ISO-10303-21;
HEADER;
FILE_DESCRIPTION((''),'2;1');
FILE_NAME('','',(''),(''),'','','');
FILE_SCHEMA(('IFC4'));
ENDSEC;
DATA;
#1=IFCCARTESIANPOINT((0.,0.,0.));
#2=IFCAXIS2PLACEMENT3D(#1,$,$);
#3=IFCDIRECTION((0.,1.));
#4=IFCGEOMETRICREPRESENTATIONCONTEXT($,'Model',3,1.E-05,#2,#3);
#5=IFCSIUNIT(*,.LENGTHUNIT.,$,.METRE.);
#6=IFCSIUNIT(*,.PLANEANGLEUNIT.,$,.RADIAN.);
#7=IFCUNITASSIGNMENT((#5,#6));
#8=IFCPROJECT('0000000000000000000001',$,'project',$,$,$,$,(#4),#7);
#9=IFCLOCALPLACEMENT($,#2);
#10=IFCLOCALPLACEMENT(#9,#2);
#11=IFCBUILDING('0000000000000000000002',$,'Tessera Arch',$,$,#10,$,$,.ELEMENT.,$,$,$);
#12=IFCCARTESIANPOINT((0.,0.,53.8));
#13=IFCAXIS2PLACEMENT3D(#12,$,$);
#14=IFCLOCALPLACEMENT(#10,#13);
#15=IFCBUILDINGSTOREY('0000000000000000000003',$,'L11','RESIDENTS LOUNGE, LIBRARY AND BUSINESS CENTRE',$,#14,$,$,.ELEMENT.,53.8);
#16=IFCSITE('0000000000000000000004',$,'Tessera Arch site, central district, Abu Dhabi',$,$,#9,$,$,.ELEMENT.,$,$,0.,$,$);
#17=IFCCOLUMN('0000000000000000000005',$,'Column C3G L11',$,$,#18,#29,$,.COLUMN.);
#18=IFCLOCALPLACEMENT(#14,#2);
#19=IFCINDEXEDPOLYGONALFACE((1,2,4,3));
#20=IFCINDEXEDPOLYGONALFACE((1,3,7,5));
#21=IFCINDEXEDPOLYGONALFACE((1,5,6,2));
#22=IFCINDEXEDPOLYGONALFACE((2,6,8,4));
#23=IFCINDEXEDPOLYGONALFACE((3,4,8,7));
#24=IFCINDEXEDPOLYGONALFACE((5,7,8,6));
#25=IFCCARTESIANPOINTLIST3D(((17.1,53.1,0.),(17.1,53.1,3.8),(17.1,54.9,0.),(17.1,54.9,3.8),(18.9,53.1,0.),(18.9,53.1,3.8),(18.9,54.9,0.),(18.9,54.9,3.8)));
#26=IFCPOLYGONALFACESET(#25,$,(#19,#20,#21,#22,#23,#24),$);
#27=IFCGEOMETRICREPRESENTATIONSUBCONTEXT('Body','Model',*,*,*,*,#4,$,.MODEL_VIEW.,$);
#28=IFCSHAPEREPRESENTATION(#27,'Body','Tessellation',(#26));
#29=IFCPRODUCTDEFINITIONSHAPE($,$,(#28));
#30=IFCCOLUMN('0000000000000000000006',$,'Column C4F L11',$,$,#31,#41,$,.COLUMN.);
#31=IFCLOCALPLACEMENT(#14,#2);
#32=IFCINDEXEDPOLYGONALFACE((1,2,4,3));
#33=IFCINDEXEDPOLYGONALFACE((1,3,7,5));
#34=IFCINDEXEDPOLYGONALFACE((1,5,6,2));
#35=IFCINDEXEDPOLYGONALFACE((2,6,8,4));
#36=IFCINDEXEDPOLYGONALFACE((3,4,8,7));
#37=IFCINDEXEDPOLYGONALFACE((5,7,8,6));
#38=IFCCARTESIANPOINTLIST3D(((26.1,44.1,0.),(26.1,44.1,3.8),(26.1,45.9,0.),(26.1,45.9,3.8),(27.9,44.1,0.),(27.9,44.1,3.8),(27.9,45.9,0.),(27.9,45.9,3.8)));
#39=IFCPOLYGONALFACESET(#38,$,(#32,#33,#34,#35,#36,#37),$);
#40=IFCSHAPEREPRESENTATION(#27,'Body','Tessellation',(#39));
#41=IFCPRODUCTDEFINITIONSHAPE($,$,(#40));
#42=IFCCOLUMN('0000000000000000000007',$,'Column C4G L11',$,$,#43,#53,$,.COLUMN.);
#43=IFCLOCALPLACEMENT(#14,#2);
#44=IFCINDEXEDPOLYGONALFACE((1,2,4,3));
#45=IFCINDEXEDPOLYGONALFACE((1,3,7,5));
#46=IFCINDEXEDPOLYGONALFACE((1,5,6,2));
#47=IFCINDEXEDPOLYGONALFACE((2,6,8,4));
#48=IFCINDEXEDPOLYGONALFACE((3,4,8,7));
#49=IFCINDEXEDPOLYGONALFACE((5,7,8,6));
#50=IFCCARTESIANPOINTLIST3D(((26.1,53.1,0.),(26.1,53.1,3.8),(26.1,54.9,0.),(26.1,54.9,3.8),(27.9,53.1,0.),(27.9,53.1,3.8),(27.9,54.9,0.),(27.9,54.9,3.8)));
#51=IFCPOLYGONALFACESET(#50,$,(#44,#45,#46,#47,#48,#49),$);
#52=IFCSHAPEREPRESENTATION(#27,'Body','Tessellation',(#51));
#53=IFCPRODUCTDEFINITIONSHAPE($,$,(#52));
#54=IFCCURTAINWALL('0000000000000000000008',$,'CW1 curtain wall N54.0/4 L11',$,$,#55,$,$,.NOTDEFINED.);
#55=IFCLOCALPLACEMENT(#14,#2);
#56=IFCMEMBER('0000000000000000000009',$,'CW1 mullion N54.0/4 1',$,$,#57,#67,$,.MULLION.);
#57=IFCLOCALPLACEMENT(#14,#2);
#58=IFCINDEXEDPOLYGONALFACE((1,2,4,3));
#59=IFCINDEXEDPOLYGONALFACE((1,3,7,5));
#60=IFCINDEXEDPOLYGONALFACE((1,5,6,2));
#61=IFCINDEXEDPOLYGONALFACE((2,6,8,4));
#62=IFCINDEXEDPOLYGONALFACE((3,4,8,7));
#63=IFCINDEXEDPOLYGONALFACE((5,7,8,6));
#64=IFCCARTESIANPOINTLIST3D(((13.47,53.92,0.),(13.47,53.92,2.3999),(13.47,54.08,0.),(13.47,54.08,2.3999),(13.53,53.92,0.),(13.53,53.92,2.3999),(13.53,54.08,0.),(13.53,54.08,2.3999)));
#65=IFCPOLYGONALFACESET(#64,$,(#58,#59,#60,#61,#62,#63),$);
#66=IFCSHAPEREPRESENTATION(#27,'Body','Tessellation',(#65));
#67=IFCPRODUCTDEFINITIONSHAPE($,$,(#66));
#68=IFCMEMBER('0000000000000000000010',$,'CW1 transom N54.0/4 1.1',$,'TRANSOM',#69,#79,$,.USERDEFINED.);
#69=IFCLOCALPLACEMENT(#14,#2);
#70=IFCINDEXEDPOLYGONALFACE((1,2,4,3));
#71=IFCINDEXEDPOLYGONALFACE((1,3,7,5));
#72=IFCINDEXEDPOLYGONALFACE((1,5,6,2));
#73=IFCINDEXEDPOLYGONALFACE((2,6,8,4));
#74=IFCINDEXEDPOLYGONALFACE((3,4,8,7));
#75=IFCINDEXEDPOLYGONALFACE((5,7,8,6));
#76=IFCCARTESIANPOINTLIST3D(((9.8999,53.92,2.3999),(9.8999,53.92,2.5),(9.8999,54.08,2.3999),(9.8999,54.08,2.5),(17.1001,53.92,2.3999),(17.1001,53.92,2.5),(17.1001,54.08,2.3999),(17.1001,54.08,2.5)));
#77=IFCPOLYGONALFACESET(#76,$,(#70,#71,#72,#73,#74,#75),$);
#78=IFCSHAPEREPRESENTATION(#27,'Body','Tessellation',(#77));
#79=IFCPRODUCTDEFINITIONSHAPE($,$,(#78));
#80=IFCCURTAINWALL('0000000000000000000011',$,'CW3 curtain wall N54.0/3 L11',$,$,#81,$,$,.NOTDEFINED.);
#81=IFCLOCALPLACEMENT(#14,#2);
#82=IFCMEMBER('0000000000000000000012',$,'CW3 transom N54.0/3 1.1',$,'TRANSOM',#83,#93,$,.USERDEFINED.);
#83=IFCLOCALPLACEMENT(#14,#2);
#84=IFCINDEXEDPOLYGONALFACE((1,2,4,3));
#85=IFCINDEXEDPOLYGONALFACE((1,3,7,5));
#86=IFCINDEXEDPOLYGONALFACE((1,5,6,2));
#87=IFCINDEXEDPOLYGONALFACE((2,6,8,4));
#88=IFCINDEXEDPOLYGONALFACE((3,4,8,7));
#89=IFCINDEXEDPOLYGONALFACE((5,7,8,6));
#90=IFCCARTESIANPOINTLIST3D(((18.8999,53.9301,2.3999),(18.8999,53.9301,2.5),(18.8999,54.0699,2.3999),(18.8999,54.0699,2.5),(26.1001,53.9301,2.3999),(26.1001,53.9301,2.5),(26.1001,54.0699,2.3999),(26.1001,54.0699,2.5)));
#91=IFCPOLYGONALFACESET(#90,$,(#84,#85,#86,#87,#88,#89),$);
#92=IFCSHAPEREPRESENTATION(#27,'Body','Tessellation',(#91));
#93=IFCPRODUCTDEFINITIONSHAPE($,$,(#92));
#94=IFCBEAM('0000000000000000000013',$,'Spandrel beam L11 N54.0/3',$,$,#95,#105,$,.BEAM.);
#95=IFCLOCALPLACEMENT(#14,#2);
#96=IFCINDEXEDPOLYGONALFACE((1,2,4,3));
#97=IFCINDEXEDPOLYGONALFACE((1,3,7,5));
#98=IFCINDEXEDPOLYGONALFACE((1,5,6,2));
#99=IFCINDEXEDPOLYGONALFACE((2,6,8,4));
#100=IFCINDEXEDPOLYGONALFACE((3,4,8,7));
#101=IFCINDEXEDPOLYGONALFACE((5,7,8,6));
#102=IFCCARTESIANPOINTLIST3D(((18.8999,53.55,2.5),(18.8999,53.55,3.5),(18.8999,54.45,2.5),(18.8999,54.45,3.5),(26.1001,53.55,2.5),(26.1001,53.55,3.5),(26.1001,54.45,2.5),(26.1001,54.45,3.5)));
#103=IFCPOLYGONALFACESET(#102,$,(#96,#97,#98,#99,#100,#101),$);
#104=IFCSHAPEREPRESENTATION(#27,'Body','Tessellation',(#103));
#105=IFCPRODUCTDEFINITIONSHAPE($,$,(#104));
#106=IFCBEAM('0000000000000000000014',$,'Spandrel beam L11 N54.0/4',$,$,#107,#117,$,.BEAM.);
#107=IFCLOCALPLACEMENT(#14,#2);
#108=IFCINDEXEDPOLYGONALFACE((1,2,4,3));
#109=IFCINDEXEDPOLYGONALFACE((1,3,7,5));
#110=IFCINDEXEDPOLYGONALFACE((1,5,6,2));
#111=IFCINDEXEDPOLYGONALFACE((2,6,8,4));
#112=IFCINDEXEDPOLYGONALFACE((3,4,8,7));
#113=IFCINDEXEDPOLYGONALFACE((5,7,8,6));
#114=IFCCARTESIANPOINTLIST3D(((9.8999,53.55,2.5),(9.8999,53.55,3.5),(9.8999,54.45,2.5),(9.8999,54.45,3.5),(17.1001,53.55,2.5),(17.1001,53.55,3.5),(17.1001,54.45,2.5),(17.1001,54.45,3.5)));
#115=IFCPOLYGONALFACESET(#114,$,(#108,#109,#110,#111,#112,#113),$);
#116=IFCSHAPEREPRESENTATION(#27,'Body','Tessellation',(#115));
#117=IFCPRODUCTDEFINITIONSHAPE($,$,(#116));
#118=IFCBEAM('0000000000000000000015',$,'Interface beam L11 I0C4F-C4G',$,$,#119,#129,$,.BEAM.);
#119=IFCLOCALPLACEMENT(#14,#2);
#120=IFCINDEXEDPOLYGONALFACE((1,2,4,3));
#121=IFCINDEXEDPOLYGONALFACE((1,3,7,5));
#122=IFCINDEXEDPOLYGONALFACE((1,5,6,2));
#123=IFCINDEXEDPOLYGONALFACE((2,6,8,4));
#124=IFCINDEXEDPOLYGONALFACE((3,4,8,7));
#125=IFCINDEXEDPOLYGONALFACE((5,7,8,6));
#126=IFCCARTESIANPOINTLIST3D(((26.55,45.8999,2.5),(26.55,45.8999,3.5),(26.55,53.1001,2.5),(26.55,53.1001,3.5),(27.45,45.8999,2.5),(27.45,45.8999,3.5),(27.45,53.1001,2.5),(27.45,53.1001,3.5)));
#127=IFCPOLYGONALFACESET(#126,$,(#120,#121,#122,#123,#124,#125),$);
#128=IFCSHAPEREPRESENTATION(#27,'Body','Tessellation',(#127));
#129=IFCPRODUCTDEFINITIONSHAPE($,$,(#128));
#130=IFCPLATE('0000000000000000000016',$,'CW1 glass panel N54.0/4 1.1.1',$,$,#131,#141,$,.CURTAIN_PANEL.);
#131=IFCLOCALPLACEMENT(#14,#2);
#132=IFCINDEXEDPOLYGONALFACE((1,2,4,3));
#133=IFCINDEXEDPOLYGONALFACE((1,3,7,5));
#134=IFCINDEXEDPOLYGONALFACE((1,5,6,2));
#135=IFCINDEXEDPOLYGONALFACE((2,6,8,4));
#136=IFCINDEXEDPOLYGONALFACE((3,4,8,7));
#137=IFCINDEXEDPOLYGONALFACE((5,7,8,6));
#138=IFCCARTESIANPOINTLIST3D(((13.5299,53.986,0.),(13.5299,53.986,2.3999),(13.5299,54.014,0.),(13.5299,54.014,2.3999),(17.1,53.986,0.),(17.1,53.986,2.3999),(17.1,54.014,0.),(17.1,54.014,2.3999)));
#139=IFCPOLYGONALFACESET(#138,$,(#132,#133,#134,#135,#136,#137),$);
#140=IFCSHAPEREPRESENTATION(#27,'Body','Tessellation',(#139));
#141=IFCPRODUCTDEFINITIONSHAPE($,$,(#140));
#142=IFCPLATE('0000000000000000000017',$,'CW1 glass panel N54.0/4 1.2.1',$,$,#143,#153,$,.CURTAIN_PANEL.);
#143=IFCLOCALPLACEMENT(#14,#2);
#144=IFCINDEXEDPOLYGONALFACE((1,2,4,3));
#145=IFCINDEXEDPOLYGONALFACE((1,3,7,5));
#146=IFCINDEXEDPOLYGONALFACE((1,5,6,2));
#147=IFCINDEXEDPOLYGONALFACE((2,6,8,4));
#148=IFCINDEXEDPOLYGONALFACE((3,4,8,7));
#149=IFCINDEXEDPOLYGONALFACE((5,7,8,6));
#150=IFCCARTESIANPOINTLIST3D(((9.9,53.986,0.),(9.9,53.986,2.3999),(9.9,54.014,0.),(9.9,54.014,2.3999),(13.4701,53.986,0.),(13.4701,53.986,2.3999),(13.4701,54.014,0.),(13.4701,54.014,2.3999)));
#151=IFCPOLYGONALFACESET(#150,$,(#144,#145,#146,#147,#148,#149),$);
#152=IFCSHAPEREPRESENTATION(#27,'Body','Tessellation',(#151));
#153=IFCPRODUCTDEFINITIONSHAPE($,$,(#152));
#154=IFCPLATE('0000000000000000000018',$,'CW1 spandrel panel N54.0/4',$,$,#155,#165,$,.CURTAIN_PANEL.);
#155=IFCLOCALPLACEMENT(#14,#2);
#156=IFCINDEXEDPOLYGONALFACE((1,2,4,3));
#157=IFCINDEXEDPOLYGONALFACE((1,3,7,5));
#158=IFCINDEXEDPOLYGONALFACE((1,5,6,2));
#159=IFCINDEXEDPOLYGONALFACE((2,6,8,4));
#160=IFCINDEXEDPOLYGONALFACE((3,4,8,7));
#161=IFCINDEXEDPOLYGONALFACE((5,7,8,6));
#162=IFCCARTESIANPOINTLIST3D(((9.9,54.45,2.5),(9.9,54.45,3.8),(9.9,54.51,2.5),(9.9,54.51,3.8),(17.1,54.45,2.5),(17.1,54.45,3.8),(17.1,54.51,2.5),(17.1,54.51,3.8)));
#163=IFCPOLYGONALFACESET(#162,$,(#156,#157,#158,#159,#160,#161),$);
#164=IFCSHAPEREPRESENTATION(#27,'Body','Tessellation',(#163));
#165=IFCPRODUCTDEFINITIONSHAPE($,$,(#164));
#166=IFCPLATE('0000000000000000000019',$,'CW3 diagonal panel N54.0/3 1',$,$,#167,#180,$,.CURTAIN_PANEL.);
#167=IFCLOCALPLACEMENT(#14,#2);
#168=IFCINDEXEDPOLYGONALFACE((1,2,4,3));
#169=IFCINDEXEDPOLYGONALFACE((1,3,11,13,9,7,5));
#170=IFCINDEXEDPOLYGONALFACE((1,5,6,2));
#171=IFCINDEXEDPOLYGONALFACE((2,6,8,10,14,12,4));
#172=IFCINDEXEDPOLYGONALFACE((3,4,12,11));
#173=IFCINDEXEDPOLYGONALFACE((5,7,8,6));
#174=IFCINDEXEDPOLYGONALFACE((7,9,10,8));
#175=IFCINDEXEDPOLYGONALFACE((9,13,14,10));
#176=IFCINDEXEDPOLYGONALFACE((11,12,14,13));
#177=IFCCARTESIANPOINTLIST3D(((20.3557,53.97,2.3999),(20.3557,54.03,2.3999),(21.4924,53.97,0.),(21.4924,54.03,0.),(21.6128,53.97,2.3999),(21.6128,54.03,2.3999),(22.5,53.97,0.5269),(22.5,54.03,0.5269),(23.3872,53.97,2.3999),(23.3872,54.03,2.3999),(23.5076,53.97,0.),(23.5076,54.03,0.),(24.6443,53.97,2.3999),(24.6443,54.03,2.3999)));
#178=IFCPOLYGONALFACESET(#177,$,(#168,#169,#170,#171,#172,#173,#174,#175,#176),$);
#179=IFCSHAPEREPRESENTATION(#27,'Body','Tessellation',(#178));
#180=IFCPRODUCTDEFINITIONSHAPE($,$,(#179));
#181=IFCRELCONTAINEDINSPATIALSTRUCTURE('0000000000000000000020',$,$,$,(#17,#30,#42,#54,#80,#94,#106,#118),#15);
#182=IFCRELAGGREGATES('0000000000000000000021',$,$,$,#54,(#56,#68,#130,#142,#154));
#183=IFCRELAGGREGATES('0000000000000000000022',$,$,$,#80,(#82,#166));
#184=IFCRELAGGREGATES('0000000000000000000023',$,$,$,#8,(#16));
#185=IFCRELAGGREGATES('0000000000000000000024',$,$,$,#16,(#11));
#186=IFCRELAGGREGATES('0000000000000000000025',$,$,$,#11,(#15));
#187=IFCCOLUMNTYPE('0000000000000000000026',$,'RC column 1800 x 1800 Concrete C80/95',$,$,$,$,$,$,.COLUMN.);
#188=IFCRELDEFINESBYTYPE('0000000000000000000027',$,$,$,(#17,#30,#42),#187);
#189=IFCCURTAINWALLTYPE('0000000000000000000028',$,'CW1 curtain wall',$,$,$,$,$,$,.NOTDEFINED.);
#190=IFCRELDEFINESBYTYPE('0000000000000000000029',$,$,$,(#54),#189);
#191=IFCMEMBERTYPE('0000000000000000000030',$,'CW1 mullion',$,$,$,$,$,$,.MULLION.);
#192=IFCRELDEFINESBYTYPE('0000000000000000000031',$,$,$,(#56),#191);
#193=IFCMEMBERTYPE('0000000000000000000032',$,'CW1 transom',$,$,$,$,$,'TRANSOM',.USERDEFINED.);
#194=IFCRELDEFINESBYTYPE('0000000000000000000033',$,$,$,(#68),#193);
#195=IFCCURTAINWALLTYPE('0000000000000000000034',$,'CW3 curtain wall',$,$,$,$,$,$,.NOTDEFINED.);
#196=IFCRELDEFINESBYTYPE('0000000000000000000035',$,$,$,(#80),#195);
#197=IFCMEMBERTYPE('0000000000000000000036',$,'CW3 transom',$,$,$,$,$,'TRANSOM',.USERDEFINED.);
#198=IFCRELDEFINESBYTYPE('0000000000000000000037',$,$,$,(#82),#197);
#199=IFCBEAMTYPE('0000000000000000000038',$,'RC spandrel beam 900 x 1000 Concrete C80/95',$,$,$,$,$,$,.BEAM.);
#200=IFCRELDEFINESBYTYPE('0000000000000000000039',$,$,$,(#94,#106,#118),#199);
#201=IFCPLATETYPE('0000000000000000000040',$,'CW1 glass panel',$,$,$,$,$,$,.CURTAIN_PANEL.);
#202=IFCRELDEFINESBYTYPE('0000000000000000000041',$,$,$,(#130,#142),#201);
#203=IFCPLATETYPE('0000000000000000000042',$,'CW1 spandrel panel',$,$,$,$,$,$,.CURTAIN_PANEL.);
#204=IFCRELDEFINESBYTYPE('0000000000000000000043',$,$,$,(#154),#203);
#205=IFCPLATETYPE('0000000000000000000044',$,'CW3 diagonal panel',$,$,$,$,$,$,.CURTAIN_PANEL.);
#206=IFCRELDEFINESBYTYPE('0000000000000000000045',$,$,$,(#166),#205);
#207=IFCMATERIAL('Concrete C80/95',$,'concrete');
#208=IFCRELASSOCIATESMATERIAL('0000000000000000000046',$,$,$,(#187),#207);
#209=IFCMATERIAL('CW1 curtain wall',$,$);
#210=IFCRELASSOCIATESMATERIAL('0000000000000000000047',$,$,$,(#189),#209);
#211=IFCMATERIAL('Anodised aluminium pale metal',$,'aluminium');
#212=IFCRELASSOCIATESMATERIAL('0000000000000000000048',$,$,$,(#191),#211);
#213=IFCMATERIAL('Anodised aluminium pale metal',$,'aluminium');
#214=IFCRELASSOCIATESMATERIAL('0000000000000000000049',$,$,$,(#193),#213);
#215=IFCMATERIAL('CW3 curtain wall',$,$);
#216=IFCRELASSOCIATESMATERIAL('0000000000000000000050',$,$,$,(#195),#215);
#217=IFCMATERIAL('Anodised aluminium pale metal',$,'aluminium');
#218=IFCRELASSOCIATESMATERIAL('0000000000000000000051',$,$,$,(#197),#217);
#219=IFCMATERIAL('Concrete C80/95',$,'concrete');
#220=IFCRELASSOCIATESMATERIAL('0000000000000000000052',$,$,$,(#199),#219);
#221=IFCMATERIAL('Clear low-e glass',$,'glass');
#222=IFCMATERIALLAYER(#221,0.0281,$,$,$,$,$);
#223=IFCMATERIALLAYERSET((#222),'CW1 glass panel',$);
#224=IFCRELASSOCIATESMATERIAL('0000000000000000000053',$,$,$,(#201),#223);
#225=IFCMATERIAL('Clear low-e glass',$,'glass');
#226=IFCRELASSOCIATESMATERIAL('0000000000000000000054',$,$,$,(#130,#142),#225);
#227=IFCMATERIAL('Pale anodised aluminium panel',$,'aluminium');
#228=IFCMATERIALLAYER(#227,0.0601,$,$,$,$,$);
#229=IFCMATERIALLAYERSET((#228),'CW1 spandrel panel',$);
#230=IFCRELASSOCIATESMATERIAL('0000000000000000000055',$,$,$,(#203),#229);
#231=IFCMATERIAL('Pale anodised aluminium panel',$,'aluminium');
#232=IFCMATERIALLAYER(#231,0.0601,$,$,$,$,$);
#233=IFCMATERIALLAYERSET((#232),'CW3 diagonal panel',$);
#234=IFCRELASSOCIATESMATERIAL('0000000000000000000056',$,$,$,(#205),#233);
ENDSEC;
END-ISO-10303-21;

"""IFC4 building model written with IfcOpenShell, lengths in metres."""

from ifc_helpers import new_model, si_unit, direction, frame, origin, origin_2d, place, context, subcontext, project, spatial, polyline, rectangle, outline, extrude, material, layer, layer_set, material_profile, profile_set, type_object, element, aggregate, save


model = new_model("IFC4")

# Units and contexts
model_context = context("Model", 3, precision=1e-05, world=origin(), true_north=direction((0.0, 1.0)))
body_context = subcontext(model_context, "Body", "Model", "MODEL_VIEW")
ifc_project = project(units=[si_unit("LENGTHUNIT", "METRE"), si_unit("PLANEANGLEUNIT", "RADIAN")], contexts=[model_context])

# Site, building, storey
site_placement = place(None, origin())
site = spatial("IfcSite", under=ifc_project, at=site_placement, Name="Tessera Arch site, central district, Abu Dhabi", CompositionType="ELEMENT", RefElevation=0.0)
building_placement = place(site_placement, origin())
building = spatial("IfcBuilding", under=site, at=building_placement, Name="Tessera Arch", CompositionType="ELEMENT")
storey_placement = place(building_placement, frame((0.0, 0.0, 53.8)))
storey = spatial("IfcBuildingStorey", under=building, at=storey_placement, Name="L11", Description="RESIDENTS LOUNGE, LIBRARY AND BUSINESS CENTRE", CompositionType="ELEMENT", Elevation=53.8)

# Columns
ifc_material_1 = material(Name="Concrete C80/95", Category="concrete")
ifc_material_profile_1 = material_profile(ifc_material_1, rectangle(XDim=1.8, YDim=1.8, at=origin_2d()), Name="RC column 1800 x 1800 Concrete C80/95")
ifc_profile_set_1 = profile_set([ifc_material_profile_1], Name="Concrete C80/95")
column_type = type_object("IfcColumnType", Name="RC column 1800 x 1800 Concrete C80/95", PredefinedType="COLUMN", material=ifc_profile_set_1)
for number, where, z_axis, x_axis, name in (
    (1, (18.0, 54.0, 0.0), (0.0, 0.0, 1.0), (1.0, 0.0, 0.0), "Column C3G L11"),
    (2, (27.0, 45.0, 0.0), (0.0, 0.0, 1.0), (1.0, 0.0, 0.0), "Column C4F L11"),
    (3, (27.0, 54.0, 0.0), (0.0, 0.0, 1.0), (1.0, 0.0, 0.0), "Column C4G L11"),
):
    element("IfcColumn", number, at=place(storey_placement, frame(where, z_axis=z_axis, x_axis=x_axis)), inside=storey, type_object=column_type, Name=name, PredefinedType="COLUMN", context=body_context, shape_type="SweptSolid", body=[
        extrude(rectangle(XDim=1.8, YDim=1.8, at=origin_2d()), origin(), (0.0, 0.0, 1.0), 3.8),
    ])

# Curtain wall, members
ifc_material_2 = material(Name="CW1 curtain wall")
curtain_wall_type_1 = type_object("IfcCurtainWallType", Name="CW1 curtain wall", PredefinedType="NOTDEFINED", material=ifc_material_2)
curtain_wall_1_placement = place(storey_placement, origin())
curtain_wall_1 = element("IfcCurtainWall", 4, at=curtain_wall_1_placement, inside=storey, type_object=curtain_wall_type_1, Name="CW1 curtain wall N54.0/4 L11", PredefinedType="NOTDEFINED")
ifc_material_3 = material(Name="Anodised aluminium pale metal", Category="aluminium")
ifc_material_profile_2 = material_profile(ifc_material_3, rectangle(XDim=0.1599, YDim=0.0601, at=origin_2d()), Name="AL 60x160")
ifc_profile_set_2 = profile_set([ifc_material_profile_2], Name="Anodised aluminium pale metal")
member_type_1 = type_object("IfcMemberType", Name="CW1 mullion", PredefinedType="MULLION", material=ifc_profile_set_2)
member_1_placement = place(storey_placement, frame((13.5, 54.0, 0.0), z_axis=(0.0, 0.0, 1.0), x_axis=(0.0, -1.0, 0.0)))
member_1 = element("IfcMember", 5, at=member_1_placement, type_object=member_type_1, Name="CW1 mullion N54.0/4 1", PredefinedType="MULLION", context=body_context, shape_type="SweptSolid", body=[
    extrude(rectangle(XDim=0.1599, YDim=0.0601, at=origin_2d()), origin(), (0.0, 0.0, 1.0), 2.3999),
])
ifc_material_4 = material(Name="Anodised aluminium pale metal", Category="aluminium")
ifc_material_profile_3 = material_profile(ifc_material_4, rectangle(XDim=0.1599, YDim=0.1001, at=origin_2d()), Name="AL 160x100")
ifc_profile_set_3 = profile_set([ifc_material_profile_3], Name="Anodised aluminium pale metal")
member_type_2 = type_object("IfcMemberType", Name="CW1 transom", ElementType="TRANSOM", PredefinedType="USERDEFINED", material=ifc_profile_set_3)
member_2_placement = place(storey_placement, frame((17.1001, 54.0, 2.45), z_axis=(-1.0, 0.0, 0.0), x_axis=(0.0, -1.0, 0.0)))
member_2 = element("IfcMember", 6, at=member_2_placement, type_object=member_type_2, Name="CW1 transom N54.0/4 1.1", ObjectType="TRANSOM", PredefinedType="USERDEFINED", context=body_context, shape_type="SweptSolid", body=[
    extrude(rectangle(XDim=0.1599, YDim=0.1001, at=origin_2d()), origin(), (0.0, 0.0, 1.0), 7.2002),
])

# Curtain wall, member
ifc_material_5 = material(Name="CW3 curtain wall")
curtain_wall_type_2 = type_object("IfcCurtainWallType", Name="CW3 curtain wall", PredefinedType="NOTDEFINED", material=ifc_material_5)
curtain_wall_2_placement = place(storey_placement, origin())
curtain_wall_2 = element("IfcCurtainWall", 7, at=curtain_wall_2_placement, inside=storey, type_object=curtain_wall_type_2, Name="CW3 curtain wall N54.0/3 L11", PredefinedType="NOTDEFINED")
ifc_material_6 = material(Name="Anodised aluminium pale metal", Category="aluminium")
ifc_material_profile_4 = material_profile(ifc_material_6, rectangle(XDim=0.1399, YDim=0.1001, at=origin_2d()), Name="AL 140x100")
ifc_profile_set_4 = profile_set([ifc_material_profile_4], Name="Anodised aluminium pale metal")
member_type_3 = type_object("IfcMemberType", Name="CW3 transom", ElementType="TRANSOM", PredefinedType="USERDEFINED", material=ifc_profile_set_4)
member_3_placement = place(storey_placement, frame((26.1001, 54.0, 2.45), z_axis=(-1.0, 0.0, 0.0), x_axis=(0.0, -1.0, 0.0)))
member_3 = element("IfcMember", 8, at=member_3_placement, type_object=member_type_3, Name="CW3 transom N54.0/3 1.1", ObjectType="TRANSOM", PredefinedType="USERDEFINED", context=body_context, shape_type="SweptSolid", body=[
    extrude(rectangle(XDim=0.1399, YDim=0.1001, at=origin_2d()), origin(), (0.0, 0.0, 1.0), 7.2002),
])

# Beams
ifc_material_7 = material(Name="Concrete C80/95", Category="concrete")
ifc_material_profile_5 = material_profile(ifc_material_7, rectangle(XDim=0.8999, YDim=1.0, at=origin_2d()), Name="RC spandrel beam 900 x 1000 Concrete C80/95")
ifc_profile_set_5 = profile_set([ifc_material_profile_5], Name="Concrete C80/95")
beam_type = type_object("IfcBeamType", Name="RC spandrel beam 900 x 1000 Concrete C80/95", PredefinedType="BEAM", material=ifc_profile_set_5)
for number, where, z_axis, x_axis, name in (
    (9, (26.1001, 54.0, 3.0), (-1.0, 0.0, 0.0), (0.0, -1.0, 0.0), "Spandrel beam L11 N54.0/3"),
    (10, (17.1001, 54.0, 3.0), (-1.0, 0.0, 0.0), (0.0, -1.0, 0.0), "Spandrel beam L11 N54.0/4"),
    (11, (27.0, 45.8999, 3.0), (0.0, 1.0, 0.0), (-1.0, 0.0, 0.0), "Interface beam L11 I0C4F-C4G"),
):
    element("IfcBeam", number, at=place(storey_placement, frame(where, z_axis=z_axis, x_axis=x_axis)), inside=storey, type_object=beam_type, Name=name, PredefinedType="BEAM", context=body_context, shape_type="SweptSolid", body=[
        extrude(rectangle(XDim=0.8999, YDim=1.0, at=origin_2d()), origin(), (0.0, 0.0, 1.0), 7.2002),
    ])

# Plates
ifc_material_8 = material(Name="Clear low-e glass", Category="glass")
ifc_material_9 = material(Name="Clear low-e glass", Category="glass")
ifc_layer_1 = layer(ifc_material_9, 0.0281)
ifc_layer_set_1 = layer_set([ifc_layer_1], Name="CW1 glass panel")
plate_type_1 = type_object("IfcPlateType", Name="CW1 glass panel", PredefinedType="CURTAIN_PANEL", material=ifc_layer_set_1)
plate_1_placement = place(storey_placement, frame((15.3149, 54.0, 0.0), z_axis=(0.0, 0.0, 1.0), x_axis=(-1.0, 0.0, 0.0)))
plate_1 = element("IfcPlate", 12, at=plate_1_placement, type_object=plate_type_1, material=ifc_material_8, Name="CW1 glass panel N54.0/4 1.1.1", PredefinedType="CURTAIN_PANEL", context=body_context, shape_type="SweptSolid", body=[
    extrude(rectangle(XDim=3.5701, YDim=0.0281, at=origin_2d()), origin(), (0.0, 0.0, 1.0), 2.3999),
])
plate_2_placement = place(storey_placement, frame((11.6851, 54.0, 0.0), z_axis=(0.0, 0.0, 1.0), x_axis=(-1.0, 0.0, 0.0)))
plate_2 = element("IfcPlate", 13, at=plate_2_placement, type_object=plate_type_1, material=ifc_material_8, Name="CW1 glass panel N54.0/4 1.2.1", PredefinedType="CURTAIN_PANEL", context=body_context, shape_type="SweptSolid", body=[
    extrude(rectangle(XDim=3.5701, YDim=0.0281, at=origin_2d()), origin(), (0.0, 0.0, 1.0), 2.3999),
])
ifc_material_10 = material(Name="Pale anodised aluminium panel", Category="aluminium")
ifc_layer_2 = layer(ifc_material_10, 0.0601)
ifc_layer_set_2 = layer_set([ifc_layer_2], Name="CW1 spandrel panel")
plate_type_2 = type_object("IfcPlateType", Name="CW1 spandrel panel", PredefinedType="CURTAIN_PANEL", material=ifc_layer_set_2)
plate_3_placement = place(storey_placement, frame((13.5, 54.48, 2.5), z_axis=(0.0, 0.0, 1.0), x_axis=(-1.0, 0.0, 0.0)))
plate_3 = element("IfcPlate", 14, at=plate_3_placement, type_object=plate_type_2, Name="CW1 spandrel panel N54.0/4", PredefinedType="CURTAIN_PANEL", context=body_context, shape_type="SweptSolid", body=[
    extrude(rectangle(XDim=7.2, YDim=0.0601, at=origin_2d()), origin(), (0.0, 0.0, 1.0), 1.3),
])
aggregate(curtain_wall_1, [member_1, member_2, plate_1, plate_2, plate_3])
ifc_material_11 = material(Name="Pale anodised aluminium panel", Category="aluminium")
ifc_layer_3 = layer(ifc_material_11, 0.0601)
ifc_layer_set_3 = layer_set([ifc_layer_3], Name="CW3 diagonal panel")
plate_type_3 = type_object("IfcPlateType", Name="CW3 diagonal panel", PredefinedType="CURTAIN_PANEL", material=ifc_layer_set_3)
plate_4_placement = place(storey_placement, frame((20.3557, 54.03, 2.3999), z_axis=(0.0, 1.0, 0.0), x_axis=(1.0, 0.0, 0.0)))
plate_4 = element("IfcPlate", 15, at=plate_4_placement, type_object=plate_type_3, Name="CW3 diagonal panel N54.0/3 1", PredefinedType="CURTAIN_PANEL", context=body_context, shape_type="SweptSolid", body=[
    extrude(outline(polyline([(0.0, 0.0), (1.2571, 0.0), (2.1443, 1.873), (3.0315, 0.0), (4.2886, 0.0), (3.1519, 2.3999), (1.1367, 2.3999), (0.0, 0.0)])), origin(), (0.0, 0.0, -1.0), 0.0601),
])
aggregate(curtain_wall_2, [member_3, plate_4])

save(model, "model.ifc")
